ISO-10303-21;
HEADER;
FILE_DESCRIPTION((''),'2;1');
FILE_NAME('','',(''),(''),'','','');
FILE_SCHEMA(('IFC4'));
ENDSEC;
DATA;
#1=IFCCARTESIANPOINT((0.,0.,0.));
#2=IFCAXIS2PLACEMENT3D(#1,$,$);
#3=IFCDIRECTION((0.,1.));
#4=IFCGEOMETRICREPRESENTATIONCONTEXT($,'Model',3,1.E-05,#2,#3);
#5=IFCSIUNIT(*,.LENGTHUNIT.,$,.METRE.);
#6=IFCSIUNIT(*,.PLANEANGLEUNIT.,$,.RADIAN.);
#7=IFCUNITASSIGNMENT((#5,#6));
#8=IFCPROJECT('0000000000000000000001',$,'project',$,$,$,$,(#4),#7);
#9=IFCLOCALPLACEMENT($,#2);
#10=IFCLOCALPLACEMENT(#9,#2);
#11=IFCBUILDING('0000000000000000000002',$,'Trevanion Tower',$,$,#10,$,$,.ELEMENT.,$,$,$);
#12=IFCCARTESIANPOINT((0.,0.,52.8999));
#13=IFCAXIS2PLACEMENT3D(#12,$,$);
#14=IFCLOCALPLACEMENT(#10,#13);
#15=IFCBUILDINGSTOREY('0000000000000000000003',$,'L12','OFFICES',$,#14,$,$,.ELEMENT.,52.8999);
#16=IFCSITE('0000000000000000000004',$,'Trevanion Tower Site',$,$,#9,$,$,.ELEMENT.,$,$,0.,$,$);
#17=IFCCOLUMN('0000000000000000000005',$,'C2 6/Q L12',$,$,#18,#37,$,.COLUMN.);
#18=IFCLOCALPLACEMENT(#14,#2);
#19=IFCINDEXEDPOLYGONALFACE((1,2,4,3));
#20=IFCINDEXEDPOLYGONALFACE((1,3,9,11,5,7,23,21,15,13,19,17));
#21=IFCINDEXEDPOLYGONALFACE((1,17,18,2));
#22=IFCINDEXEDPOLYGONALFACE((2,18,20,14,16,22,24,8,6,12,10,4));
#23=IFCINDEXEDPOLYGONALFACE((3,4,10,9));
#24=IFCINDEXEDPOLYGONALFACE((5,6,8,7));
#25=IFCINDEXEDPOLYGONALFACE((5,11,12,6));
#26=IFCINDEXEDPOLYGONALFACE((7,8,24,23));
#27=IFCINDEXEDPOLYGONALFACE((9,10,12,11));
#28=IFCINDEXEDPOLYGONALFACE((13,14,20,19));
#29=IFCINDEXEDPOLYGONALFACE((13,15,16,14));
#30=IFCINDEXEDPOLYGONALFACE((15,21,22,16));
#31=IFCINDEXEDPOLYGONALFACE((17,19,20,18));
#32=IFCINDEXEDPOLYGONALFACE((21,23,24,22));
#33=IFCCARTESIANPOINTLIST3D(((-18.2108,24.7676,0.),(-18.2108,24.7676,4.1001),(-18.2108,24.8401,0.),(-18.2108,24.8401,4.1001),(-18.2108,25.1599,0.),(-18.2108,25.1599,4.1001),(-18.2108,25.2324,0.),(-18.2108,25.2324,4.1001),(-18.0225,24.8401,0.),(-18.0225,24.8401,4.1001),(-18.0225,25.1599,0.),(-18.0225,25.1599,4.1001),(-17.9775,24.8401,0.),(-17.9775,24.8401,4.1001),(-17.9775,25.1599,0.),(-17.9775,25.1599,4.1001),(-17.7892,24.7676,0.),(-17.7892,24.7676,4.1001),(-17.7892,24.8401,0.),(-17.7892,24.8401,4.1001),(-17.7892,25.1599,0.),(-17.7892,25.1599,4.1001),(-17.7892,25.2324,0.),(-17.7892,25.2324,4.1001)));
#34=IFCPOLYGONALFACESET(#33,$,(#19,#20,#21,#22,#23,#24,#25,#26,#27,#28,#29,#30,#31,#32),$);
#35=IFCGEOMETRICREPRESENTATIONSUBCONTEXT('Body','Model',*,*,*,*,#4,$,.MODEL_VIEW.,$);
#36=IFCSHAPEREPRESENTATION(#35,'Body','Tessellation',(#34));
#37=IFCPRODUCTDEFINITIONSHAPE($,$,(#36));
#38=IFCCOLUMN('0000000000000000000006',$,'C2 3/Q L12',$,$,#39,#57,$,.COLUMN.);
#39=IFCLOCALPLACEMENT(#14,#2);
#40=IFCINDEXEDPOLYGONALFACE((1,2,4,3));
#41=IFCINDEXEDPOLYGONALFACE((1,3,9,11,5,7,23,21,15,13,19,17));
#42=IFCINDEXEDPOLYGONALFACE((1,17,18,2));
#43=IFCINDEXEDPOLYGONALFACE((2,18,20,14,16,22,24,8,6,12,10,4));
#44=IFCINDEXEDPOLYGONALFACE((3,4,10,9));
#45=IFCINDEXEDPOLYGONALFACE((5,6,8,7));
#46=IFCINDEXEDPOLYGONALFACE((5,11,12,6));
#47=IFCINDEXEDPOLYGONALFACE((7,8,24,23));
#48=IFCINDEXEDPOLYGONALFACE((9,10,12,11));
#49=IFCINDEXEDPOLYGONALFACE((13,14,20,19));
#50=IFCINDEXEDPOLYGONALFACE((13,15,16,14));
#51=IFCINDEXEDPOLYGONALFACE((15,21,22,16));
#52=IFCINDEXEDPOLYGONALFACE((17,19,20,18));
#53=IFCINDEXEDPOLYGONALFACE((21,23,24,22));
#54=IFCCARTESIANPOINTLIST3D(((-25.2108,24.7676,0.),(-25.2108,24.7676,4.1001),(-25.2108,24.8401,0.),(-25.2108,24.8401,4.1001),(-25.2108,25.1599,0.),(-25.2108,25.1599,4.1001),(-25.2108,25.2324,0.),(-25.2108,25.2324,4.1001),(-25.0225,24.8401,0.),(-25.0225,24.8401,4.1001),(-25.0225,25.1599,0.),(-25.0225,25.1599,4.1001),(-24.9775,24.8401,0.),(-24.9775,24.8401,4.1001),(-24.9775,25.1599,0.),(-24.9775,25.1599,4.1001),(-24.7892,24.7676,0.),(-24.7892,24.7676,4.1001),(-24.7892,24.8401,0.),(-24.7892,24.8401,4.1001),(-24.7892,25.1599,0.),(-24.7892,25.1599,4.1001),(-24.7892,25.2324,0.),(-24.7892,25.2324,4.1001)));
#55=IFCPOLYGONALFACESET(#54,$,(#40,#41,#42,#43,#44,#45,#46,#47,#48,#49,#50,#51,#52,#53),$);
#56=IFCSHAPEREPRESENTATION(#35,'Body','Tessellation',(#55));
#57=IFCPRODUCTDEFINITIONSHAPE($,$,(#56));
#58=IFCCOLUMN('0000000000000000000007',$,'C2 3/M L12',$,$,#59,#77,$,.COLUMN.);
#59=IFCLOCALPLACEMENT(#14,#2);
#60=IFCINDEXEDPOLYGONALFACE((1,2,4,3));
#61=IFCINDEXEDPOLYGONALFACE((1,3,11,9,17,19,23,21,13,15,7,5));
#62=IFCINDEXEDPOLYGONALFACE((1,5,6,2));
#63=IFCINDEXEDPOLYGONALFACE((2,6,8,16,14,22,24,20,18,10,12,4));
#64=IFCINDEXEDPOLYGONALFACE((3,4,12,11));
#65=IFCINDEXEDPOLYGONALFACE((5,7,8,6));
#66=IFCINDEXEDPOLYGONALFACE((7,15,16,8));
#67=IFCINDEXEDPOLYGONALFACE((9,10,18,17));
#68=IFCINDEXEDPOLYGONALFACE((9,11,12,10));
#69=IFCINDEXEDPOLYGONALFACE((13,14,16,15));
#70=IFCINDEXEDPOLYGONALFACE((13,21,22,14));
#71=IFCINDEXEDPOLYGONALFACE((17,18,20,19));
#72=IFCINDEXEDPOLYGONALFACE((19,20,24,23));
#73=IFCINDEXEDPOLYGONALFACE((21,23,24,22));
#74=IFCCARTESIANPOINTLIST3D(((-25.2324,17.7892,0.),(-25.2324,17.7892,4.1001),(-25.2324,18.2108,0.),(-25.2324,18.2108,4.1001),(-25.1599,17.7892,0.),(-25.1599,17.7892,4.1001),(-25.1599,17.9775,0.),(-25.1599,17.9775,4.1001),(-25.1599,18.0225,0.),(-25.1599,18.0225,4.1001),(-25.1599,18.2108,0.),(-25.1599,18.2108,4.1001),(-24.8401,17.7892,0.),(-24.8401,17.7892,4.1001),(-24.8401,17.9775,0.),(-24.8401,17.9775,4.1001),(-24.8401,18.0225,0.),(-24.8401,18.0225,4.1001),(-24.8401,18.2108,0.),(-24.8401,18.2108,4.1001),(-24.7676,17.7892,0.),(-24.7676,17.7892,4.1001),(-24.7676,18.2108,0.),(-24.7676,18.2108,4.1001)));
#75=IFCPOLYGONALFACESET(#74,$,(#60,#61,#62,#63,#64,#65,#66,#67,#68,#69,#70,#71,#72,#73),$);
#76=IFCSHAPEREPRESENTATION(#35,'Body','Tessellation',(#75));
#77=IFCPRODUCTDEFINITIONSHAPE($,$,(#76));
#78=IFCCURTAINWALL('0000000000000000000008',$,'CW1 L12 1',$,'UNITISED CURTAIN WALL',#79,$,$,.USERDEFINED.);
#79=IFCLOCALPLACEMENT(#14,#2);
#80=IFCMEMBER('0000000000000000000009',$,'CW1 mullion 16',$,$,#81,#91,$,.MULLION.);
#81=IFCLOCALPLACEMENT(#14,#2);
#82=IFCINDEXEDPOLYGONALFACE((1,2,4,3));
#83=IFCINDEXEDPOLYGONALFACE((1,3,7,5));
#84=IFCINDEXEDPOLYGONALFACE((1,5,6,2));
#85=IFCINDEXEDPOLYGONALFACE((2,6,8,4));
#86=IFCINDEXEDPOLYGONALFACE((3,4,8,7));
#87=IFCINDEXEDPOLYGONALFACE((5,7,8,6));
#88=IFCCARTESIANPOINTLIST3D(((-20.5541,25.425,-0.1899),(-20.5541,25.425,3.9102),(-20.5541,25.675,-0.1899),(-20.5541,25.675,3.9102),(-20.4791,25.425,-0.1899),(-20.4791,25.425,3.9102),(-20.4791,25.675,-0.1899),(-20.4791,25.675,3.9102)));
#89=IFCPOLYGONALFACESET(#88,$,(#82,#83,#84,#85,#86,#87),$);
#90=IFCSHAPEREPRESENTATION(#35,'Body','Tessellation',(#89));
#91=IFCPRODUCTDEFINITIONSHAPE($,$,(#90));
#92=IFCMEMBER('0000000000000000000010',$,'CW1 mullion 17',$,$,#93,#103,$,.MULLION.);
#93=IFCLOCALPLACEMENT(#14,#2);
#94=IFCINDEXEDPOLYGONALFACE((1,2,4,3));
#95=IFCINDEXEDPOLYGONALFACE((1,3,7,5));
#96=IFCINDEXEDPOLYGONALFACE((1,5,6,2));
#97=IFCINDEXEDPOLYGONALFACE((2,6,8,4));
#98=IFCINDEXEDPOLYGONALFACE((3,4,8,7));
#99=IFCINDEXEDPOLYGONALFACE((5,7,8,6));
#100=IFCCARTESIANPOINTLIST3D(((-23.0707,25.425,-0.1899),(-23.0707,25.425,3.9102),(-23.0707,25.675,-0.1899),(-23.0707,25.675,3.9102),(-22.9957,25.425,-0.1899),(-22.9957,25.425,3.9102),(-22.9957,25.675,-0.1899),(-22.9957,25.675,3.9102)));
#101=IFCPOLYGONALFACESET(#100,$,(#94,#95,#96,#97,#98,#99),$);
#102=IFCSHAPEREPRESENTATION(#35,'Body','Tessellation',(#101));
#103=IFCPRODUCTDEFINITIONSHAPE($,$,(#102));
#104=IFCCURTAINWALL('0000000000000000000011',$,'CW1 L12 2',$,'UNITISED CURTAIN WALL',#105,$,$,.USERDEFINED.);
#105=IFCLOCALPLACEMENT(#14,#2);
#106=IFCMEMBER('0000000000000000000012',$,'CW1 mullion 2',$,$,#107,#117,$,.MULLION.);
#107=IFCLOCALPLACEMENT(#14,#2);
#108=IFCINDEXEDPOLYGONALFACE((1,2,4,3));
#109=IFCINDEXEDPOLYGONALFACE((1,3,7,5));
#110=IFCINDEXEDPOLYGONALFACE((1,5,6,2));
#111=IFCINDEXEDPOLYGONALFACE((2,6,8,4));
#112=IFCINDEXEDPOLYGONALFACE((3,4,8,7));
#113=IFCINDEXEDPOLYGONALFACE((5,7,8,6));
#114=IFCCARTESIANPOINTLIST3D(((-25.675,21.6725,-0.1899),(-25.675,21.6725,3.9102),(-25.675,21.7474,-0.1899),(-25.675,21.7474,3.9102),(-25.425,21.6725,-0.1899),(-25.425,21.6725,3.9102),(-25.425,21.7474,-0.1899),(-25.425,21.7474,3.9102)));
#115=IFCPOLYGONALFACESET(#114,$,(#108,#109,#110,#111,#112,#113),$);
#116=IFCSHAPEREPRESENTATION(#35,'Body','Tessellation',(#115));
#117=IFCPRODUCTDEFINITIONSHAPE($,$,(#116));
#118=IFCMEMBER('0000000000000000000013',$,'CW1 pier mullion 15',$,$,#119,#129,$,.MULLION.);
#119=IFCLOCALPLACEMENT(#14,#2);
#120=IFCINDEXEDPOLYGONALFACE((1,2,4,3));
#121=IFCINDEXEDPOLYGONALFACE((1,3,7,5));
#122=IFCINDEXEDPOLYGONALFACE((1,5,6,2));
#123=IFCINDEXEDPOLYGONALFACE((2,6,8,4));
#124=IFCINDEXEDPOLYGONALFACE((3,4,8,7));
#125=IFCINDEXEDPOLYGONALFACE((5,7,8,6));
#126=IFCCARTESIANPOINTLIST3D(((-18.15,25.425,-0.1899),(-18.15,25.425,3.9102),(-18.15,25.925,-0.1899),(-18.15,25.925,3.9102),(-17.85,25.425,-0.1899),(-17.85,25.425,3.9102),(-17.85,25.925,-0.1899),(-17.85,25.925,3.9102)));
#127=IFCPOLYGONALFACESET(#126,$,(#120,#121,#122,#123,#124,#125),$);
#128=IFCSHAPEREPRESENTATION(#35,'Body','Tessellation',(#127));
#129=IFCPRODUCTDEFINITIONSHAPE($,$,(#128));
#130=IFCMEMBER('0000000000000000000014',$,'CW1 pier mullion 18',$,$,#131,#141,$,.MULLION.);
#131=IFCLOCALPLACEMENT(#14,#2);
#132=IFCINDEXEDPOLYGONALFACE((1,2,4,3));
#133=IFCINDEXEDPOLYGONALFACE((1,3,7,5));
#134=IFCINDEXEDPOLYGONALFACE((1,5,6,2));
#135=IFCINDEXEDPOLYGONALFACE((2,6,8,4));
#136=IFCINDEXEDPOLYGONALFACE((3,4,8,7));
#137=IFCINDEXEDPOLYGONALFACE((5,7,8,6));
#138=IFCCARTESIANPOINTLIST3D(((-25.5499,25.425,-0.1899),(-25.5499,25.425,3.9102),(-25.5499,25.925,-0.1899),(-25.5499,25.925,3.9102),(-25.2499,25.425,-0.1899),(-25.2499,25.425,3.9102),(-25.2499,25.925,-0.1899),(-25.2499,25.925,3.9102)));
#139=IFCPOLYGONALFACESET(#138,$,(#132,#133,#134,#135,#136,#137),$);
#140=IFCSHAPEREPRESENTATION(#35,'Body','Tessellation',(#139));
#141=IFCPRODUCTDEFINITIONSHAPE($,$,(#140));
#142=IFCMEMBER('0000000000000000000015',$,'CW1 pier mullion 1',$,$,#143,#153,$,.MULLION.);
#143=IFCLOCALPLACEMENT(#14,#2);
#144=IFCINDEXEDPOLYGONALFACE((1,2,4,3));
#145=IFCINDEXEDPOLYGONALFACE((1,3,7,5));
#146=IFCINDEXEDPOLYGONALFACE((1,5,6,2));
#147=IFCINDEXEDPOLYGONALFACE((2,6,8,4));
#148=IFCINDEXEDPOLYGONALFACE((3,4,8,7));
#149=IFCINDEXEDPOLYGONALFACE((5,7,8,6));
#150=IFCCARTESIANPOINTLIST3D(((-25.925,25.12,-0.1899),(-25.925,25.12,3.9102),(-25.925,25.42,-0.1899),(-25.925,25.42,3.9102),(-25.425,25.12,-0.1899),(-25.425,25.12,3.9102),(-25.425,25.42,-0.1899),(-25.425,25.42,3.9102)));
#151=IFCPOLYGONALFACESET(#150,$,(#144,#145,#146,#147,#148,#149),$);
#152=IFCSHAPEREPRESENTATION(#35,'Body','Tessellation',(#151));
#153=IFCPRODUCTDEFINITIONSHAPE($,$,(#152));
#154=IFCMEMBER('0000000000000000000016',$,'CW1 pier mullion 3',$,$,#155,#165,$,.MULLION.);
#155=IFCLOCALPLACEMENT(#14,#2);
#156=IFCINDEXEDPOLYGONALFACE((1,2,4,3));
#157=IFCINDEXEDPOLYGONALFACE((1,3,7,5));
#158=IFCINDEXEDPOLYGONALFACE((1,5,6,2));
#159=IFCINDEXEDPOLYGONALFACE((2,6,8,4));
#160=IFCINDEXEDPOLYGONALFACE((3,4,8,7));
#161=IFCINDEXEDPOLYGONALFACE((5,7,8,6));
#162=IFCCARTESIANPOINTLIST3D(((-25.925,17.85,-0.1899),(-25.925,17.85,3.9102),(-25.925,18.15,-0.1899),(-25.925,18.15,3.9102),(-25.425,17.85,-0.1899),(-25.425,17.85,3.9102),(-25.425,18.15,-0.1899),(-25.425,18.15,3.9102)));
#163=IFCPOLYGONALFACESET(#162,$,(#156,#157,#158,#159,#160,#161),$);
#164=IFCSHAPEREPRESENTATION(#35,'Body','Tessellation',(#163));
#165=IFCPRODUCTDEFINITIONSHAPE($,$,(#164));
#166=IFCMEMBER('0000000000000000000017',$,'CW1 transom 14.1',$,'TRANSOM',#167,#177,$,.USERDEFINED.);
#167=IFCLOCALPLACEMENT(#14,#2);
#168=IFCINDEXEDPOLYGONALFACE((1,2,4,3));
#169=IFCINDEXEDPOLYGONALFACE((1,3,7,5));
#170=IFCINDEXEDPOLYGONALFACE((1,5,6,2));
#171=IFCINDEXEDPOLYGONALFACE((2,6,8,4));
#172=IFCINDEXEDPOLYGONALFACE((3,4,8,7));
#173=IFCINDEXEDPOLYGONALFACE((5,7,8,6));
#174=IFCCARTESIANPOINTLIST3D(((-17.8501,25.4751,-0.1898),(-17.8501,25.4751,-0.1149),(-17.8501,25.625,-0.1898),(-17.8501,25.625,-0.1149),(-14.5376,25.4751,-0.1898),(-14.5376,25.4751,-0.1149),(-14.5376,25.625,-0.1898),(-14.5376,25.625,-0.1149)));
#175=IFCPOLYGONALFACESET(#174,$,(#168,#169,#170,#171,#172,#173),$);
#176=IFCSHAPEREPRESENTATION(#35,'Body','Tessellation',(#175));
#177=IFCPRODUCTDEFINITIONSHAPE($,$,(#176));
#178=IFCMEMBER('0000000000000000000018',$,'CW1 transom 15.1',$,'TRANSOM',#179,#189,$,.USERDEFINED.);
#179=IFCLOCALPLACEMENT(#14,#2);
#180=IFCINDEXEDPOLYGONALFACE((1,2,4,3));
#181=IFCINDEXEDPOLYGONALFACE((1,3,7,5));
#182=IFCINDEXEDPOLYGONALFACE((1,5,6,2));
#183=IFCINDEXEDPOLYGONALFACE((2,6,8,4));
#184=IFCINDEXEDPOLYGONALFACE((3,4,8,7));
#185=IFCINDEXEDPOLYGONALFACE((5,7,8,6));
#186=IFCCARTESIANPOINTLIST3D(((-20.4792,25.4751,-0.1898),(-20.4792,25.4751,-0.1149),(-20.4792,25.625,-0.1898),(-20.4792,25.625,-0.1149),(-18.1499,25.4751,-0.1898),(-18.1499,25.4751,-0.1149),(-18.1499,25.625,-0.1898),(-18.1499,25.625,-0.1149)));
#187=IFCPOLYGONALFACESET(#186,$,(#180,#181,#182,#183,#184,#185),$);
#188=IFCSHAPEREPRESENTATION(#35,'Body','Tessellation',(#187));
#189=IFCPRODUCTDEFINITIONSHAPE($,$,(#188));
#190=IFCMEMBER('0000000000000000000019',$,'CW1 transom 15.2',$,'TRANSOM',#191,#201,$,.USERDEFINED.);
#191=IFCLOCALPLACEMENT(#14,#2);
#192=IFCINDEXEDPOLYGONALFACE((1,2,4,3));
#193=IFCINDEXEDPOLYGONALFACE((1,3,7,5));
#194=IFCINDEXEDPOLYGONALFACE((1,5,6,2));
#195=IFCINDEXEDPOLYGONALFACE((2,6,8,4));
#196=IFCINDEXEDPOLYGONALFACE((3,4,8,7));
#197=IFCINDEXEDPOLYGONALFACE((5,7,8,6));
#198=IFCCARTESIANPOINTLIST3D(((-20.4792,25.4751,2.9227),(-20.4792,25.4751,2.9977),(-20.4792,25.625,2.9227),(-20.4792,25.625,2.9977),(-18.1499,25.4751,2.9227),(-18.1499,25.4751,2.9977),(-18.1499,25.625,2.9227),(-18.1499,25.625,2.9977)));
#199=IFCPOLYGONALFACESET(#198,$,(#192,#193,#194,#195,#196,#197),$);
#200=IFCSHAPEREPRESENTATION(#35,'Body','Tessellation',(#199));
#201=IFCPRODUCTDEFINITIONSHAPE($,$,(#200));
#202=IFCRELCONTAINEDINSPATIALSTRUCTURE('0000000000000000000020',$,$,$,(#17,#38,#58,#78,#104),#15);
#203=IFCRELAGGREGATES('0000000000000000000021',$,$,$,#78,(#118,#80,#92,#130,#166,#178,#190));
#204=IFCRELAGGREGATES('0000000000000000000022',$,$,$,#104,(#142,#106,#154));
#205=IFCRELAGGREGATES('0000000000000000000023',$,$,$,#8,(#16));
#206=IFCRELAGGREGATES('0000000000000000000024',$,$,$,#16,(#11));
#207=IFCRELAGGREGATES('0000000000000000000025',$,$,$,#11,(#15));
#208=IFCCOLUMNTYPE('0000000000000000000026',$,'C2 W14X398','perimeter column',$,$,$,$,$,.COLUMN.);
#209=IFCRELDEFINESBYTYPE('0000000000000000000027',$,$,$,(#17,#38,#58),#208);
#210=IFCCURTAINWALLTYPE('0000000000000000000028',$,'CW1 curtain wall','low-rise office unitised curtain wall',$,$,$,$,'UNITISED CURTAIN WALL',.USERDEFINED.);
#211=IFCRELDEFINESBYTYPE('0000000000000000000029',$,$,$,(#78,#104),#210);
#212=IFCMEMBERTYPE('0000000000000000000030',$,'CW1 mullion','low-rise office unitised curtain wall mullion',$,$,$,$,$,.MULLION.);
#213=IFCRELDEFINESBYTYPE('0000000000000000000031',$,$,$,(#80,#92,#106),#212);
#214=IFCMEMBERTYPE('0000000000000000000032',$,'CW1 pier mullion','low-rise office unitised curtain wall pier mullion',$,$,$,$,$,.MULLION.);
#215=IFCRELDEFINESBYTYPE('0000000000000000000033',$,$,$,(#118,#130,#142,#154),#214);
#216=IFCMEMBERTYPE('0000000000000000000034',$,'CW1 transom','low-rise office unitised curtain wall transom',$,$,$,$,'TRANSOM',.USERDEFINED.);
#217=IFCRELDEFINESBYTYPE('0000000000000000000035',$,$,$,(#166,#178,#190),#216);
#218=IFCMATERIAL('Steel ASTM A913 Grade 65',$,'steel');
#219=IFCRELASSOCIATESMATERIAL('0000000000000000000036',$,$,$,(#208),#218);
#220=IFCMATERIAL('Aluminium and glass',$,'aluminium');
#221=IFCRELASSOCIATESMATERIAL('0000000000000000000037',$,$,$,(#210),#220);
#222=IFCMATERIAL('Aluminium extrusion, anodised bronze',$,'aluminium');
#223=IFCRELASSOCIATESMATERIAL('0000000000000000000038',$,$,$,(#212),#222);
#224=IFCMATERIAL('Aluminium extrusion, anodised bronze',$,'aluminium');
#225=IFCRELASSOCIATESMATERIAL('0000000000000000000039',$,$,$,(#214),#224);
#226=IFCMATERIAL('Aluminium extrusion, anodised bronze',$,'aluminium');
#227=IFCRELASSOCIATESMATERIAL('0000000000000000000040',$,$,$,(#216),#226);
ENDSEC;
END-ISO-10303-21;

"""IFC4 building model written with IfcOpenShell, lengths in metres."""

from ifc_helpers import new_model, si_unit, direction, frame, origin, origin_2d, place, context, subcontext, project, spatial, rectangle, i_section, extrude, material, material_profile, profile_set, type_object, element, aggregate, save


model = new_model("IFC4")

# Units and contexts
model_context = context("Model", 3, precision=1e-05, world=origin(), true_north=direction((0.0, 1.0)))
body_context = subcontext(model_context, "Body", "Model", "MODEL_VIEW")
ifc_project = project(units=[si_unit("LENGTHUNIT", "METRE"), si_unit("PLANEANGLEUNIT", "RADIAN")], contexts=[model_context])

# Site, building, storey
site_placement = place(None, origin())
site = spatial("IfcSite", under=ifc_project, at=site_placement, Name="Trevanion Tower Site", CompositionType="ELEMENT", RefElevation=0.0)
building_placement = place(site_placement, origin())
building = spatial("IfcBuilding", under=site, at=building_placement, Name="Trevanion Tower", CompositionType="ELEMENT")
storey_placement = place(building_placement, frame((0.0, 0.0, 52.8999)))
storey = spatial("IfcBuildingStorey", under=building, at=storey_placement, Name="L12", Description="OFFICES", CompositionType="ELEMENT", Elevation=52.8999)

# Columns
ifc_material_1 = material(Name="Steel ASTM A913 Grade 65", Category="steel")
ifc_material_profile_1 = material_profile(ifc_material_1, i_section(OverallWidth=0.4216, OverallDepth=0.4648, WebThickness=0.0449, FlangeThickness=0.0725, at=origin_2d()), Name="W14X398")
ifc_profile_set_1 = profile_set([ifc_material_profile_1], Name="Steel ASTM A913 Grade 65")
column_type = type_object("IfcColumnType", Name="C2 W14X398", Description="perimeter column", PredefinedType="COLUMN", material=ifc_profile_set_1)
for number, where, z_axis, x_axis, name in (
    (1, (-18.0, 25.0, 0.0), (0.0, 0.0, 1.0), (1.0, 0.0, 0.0), "C2 6/Q L12"),
    (2, (-25.0, 25.0, 0.0), (0.0, 0.0, 1.0), (1.0, 0.0, 0.0), "C2 3/Q L12"),
    (3, (-25.0, 18.0, 0.0), (0.0, 0.0, 1.0), (0.0, 1.0, 0.0), "C2 3/M L12"),
):
    element("IfcColumn", number, at=place(storey_placement, frame(where, z_axis=z_axis, x_axis=x_axis)), inside=storey, type_object=column_type, Name=name, PredefinedType="COLUMN", context=body_context, shape_type="SweptSolid", body=[
        extrude(i_section(OverallWidth=0.4216, OverallDepth=0.4648, WebThickness=0.0449, FlangeThickness=0.0725, at=origin_2d()), origin(), (0.0, 0.0, 1.0), 4.1001),
    ])

# Curtain wall, members
ifc_material_2 = material(Name="Aluminium and glass", Category="aluminium")
curtain_wall_type = type_object("IfcCurtainWallType", Name="CW1 curtain wall", Description="low-rise office unitised curtain wall", ElementType="UNITISED CURTAIN WALL", PredefinedType="USERDEFINED", material=ifc_material_2)
curtain_wall_1_placement = place(storey_placement, origin())
curtain_wall_1 = element("IfcCurtainWall", 4, at=curtain_wall_1_placement, inside=storey, type_object=curtain_wall_type, Name="CW1 L12 1", ObjectType="UNITISED CURTAIN WALL", PredefinedType="USERDEFINED")
ifc_material_3 = material(Name="Aluminium extrusion, anodised bronze", Category="aluminium")
ifc_material_profile_2 = material_profile(ifc_material_3, rectangle(XDim=0.075, YDim=0.25, at=origin_2d()), Name="CW1 mullion")
ifc_profile_set_2 = profile_set([ifc_material_profile_2], Name="Aluminium extrusion, anodised bronze")
member_type_1 = type_object("IfcMemberType", Name="CW1 mullion", Description="low-rise office unitised curtain wall mullion", PredefinedType="MULLION", material=ifc_profile_set_2)
member_1_placement = place(storey_placement, frame((-20.5166, 25.55, -0.1899), z_axis=(0.0, 0.0, 1.0), x_axis=(-1.0, 0.0, 0.0)))
member_1 = element("IfcMember", 5, at=member_1_placement, type_object=member_type_1, Name="CW1 mullion 16", PredefinedType="MULLION", context=body_context, shape_type="SweptSolid", body=[
    extrude(rectangle(XDim=0.075, YDim=0.25, at=origin_2d()), origin(), (0.0, 0.0, 1.0), 4.1001),
])
member_2_placement = place(storey_placement, frame((-23.0332, 25.55, -0.1899), z_axis=(0.0, 0.0, 1.0), x_axis=(-1.0, 0.0, 0.0)))
member_2 = element("IfcMember", 6, at=member_2_placement, type_object=member_type_1, Name="CW1 mullion 17", PredefinedType="MULLION", context=body_context, shape_type="SweptSolid", body=[
    extrude(rectangle(XDim=0.075, YDim=0.25, at=origin_2d()), origin(), (0.0, 0.0, 1.0), 4.1001),
])

# Curtain wall, member
curtain_wall_2_placement = place(storey_placement, origin())
curtain_wall_2 = element("IfcCurtainWall", 7, at=curtain_wall_2_placement, inside=storey, type_object=curtain_wall_type, Name="CW1 L12 2", ObjectType="UNITISED CURTAIN WALL", PredefinedType="USERDEFINED")
member_3_placement = place(storey_placement, frame((-25.55, 21.71, -0.1899), z_axis=(0.0, 0.0, 1.0), x_axis=(0.0, -1.0, 0.0)))
member_3 = element("IfcMember", 8, at=member_3_placement, type_object=member_type_1, Name="CW1 mullion 2", PredefinedType="MULLION", context=body_context, shape_type="SweptSolid", body=[
    extrude(rectangle(XDim=0.075, YDim=0.25, at=origin_2d()), origin(), (0.0, 0.0, 1.0), 4.1001),
])

# Members
ifc_material_4 = material(Name="Aluminium extrusion, anodised bronze", Category="aluminium")
ifc_material_profile_3 = material_profile(ifc_material_4, rectangle(XDim=0.3, YDim=0.5, at=origin_2d()), Name="CW1 pier mullion")
ifc_profile_set_3 = profile_set([ifc_material_profile_3], Name="Aluminium extrusion, anodised bronze")
member_type_2 = type_object("IfcMemberType", Name="CW1 pier mullion", Description="low-rise office unitised curtain wall pier mullion", PredefinedType="MULLION", material=ifc_profile_set_3)
member_4_placement = place(storey_placement, frame((-18.0, 25.675, -0.1899), z_axis=(0.0, 0.0, 1.0), x_axis=(-1.0, 0.0, 0.0)))
member_4 = element("IfcMember", 9, at=member_4_placement, type_object=member_type_2, Name="CW1 pier mullion 15", PredefinedType="MULLION", context=body_context, shape_type="SweptSolid", body=[
    extrude(rectangle(XDim=0.3, YDim=0.5, at=origin_2d()), origin(), (0.0, 0.0, 1.0), 4.1001),
])
member_5_placement = place(storey_placement, frame((-25.3999, 25.675, -0.1899), z_axis=(0.0, 0.0, 1.0), x_axis=(-1.0, 0.0, 0.0)))
member_5 = element("IfcMember", 10, at=member_5_placement, type_object=member_type_2, Name="CW1 pier mullion 18", PredefinedType="MULLION", context=body_context, shape_type="SweptSolid", body=[
    extrude(rectangle(XDim=0.3, YDim=0.5, at=origin_2d()), origin(), (0.0, 0.0, 1.0), 4.1001),
])
member_6_placement = place(storey_placement, frame((-25.675, 25.27, -0.1899), z_axis=(0.0, 0.0, 1.0), x_axis=(0.0, -1.0, 0.0)))
member_6 = element("IfcMember", 11, at=member_6_placement, type_object=member_type_2, Name="CW1 pier mullion 1", PredefinedType="MULLION", context=body_context, shape_type="SweptSolid", body=[
    extrude(rectangle(XDim=0.3, YDim=0.5, at=origin_2d()), origin(), (0.0, 0.0, 1.0), 4.1001),
])
member_7_placement = place(storey_placement, frame((-25.675, 18.0, -0.1899), z_axis=(0.0, 0.0, 1.0), x_axis=(0.0, -1.0, 0.0)))
member_7 = element("IfcMember", 12, at=member_7_placement, type_object=member_type_2, Name="CW1 pier mullion 3", PredefinedType="MULLION", context=body_context, shape_type="SweptSolid", body=[
    extrude(rectangle(XDim=0.3, YDim=0.5, at=origin_2d()), origin(), (0.0, 0.0, 1.0), 4.1001),
])
ifc_material_5 = material(Name="Aluminium extrusion, anodised bronze", Category="aluminium")
ifc_material_profile_4 = material_profile(ifc_material_5, rectangle(XDim=0.1499, YDim=0.075, at=origin_2d()), Name="CW1 transom")
ifc_profile_set_4 = profile_set([ifc_material_profile_4], Name="Aluminium extrusion, anodised bronze")
member_type_3 = type_object("IfcMemberType", Name="CW1 transom", Description="low-rise office unitised curtain wall transom", ElementType="TRANSOM", PredefinedType="USERDEFINED", material=ifc_profile_set_4)
member_8_placement = place(storey_placement, frame((-14.5376, 25.55, -0.1523), z_axis=(-1.0, 0.0, 0.0), x_axis=(0.0, -1.0, 0.0)))
member_8 = element("IfcMember", 13, at=member_8_placement, type_object=member_type_3, Name="CW1 transom 14.1", ObjectType="TRANSOM", PredefinedType="USERDEFINED", context=body_context, shape_type="SweptSolid", body=[
    extrude(rectangle(XDim=0.1499, YDim=0.075, at=origin_2d()), origin(), (0.0, 0.0, 1.0), 3.3125),
])
member_9_placement = place(storey_placement, frame((-18.1499, 25.55, -0.1523), z_axis=(-1.0, 0.0, 0.0), x_axis=(0.0, -1.0, 0.0)))
member_9 = element("IfcMember", 14, at=member_9_placement, type_object=member_type_3, Name="CW1 transom 15.1", ObjectType="TRANSOM", PredefinedType="USERDEFINED", context=body_context, shape_type="SweptSolid", body=[
    extrude(rectangle(XDim=0.1499, YDim=0.075, at=origin_2d()), origin(), (0.0, 0.0, 1.0), 2.3293),
])
member_10_placement = place(storey_placement, frame((-18.1499, 25.55, 2.9602), z_axis=(-1.0, 0.0, 0.0), x_axis=(0.0, -1.0, 0.0)))
member_10 = element("IfcMember", 15, at=member_10_placement, type_object=member_type_3, Name="CW1 transom 15.2", ObjectType="TRANSOM", PredefinedType="USERDEFINED", context=body_context, shape_type="SweptSolid", body=[
    extrude(rectangle(XDim=0.1499, YDim=0.075, at=origin_2d()), origin(), (0.0, 0.0, 1.0), 2.3293),
])

aggregate(curtain_wall_1, [member_4, member_1, member_2, member_5, member_8, member_9, member_10])
aggregate(curtain_wall_2, [member_6, member_3, member_7])

save(model, "model.ifc")
